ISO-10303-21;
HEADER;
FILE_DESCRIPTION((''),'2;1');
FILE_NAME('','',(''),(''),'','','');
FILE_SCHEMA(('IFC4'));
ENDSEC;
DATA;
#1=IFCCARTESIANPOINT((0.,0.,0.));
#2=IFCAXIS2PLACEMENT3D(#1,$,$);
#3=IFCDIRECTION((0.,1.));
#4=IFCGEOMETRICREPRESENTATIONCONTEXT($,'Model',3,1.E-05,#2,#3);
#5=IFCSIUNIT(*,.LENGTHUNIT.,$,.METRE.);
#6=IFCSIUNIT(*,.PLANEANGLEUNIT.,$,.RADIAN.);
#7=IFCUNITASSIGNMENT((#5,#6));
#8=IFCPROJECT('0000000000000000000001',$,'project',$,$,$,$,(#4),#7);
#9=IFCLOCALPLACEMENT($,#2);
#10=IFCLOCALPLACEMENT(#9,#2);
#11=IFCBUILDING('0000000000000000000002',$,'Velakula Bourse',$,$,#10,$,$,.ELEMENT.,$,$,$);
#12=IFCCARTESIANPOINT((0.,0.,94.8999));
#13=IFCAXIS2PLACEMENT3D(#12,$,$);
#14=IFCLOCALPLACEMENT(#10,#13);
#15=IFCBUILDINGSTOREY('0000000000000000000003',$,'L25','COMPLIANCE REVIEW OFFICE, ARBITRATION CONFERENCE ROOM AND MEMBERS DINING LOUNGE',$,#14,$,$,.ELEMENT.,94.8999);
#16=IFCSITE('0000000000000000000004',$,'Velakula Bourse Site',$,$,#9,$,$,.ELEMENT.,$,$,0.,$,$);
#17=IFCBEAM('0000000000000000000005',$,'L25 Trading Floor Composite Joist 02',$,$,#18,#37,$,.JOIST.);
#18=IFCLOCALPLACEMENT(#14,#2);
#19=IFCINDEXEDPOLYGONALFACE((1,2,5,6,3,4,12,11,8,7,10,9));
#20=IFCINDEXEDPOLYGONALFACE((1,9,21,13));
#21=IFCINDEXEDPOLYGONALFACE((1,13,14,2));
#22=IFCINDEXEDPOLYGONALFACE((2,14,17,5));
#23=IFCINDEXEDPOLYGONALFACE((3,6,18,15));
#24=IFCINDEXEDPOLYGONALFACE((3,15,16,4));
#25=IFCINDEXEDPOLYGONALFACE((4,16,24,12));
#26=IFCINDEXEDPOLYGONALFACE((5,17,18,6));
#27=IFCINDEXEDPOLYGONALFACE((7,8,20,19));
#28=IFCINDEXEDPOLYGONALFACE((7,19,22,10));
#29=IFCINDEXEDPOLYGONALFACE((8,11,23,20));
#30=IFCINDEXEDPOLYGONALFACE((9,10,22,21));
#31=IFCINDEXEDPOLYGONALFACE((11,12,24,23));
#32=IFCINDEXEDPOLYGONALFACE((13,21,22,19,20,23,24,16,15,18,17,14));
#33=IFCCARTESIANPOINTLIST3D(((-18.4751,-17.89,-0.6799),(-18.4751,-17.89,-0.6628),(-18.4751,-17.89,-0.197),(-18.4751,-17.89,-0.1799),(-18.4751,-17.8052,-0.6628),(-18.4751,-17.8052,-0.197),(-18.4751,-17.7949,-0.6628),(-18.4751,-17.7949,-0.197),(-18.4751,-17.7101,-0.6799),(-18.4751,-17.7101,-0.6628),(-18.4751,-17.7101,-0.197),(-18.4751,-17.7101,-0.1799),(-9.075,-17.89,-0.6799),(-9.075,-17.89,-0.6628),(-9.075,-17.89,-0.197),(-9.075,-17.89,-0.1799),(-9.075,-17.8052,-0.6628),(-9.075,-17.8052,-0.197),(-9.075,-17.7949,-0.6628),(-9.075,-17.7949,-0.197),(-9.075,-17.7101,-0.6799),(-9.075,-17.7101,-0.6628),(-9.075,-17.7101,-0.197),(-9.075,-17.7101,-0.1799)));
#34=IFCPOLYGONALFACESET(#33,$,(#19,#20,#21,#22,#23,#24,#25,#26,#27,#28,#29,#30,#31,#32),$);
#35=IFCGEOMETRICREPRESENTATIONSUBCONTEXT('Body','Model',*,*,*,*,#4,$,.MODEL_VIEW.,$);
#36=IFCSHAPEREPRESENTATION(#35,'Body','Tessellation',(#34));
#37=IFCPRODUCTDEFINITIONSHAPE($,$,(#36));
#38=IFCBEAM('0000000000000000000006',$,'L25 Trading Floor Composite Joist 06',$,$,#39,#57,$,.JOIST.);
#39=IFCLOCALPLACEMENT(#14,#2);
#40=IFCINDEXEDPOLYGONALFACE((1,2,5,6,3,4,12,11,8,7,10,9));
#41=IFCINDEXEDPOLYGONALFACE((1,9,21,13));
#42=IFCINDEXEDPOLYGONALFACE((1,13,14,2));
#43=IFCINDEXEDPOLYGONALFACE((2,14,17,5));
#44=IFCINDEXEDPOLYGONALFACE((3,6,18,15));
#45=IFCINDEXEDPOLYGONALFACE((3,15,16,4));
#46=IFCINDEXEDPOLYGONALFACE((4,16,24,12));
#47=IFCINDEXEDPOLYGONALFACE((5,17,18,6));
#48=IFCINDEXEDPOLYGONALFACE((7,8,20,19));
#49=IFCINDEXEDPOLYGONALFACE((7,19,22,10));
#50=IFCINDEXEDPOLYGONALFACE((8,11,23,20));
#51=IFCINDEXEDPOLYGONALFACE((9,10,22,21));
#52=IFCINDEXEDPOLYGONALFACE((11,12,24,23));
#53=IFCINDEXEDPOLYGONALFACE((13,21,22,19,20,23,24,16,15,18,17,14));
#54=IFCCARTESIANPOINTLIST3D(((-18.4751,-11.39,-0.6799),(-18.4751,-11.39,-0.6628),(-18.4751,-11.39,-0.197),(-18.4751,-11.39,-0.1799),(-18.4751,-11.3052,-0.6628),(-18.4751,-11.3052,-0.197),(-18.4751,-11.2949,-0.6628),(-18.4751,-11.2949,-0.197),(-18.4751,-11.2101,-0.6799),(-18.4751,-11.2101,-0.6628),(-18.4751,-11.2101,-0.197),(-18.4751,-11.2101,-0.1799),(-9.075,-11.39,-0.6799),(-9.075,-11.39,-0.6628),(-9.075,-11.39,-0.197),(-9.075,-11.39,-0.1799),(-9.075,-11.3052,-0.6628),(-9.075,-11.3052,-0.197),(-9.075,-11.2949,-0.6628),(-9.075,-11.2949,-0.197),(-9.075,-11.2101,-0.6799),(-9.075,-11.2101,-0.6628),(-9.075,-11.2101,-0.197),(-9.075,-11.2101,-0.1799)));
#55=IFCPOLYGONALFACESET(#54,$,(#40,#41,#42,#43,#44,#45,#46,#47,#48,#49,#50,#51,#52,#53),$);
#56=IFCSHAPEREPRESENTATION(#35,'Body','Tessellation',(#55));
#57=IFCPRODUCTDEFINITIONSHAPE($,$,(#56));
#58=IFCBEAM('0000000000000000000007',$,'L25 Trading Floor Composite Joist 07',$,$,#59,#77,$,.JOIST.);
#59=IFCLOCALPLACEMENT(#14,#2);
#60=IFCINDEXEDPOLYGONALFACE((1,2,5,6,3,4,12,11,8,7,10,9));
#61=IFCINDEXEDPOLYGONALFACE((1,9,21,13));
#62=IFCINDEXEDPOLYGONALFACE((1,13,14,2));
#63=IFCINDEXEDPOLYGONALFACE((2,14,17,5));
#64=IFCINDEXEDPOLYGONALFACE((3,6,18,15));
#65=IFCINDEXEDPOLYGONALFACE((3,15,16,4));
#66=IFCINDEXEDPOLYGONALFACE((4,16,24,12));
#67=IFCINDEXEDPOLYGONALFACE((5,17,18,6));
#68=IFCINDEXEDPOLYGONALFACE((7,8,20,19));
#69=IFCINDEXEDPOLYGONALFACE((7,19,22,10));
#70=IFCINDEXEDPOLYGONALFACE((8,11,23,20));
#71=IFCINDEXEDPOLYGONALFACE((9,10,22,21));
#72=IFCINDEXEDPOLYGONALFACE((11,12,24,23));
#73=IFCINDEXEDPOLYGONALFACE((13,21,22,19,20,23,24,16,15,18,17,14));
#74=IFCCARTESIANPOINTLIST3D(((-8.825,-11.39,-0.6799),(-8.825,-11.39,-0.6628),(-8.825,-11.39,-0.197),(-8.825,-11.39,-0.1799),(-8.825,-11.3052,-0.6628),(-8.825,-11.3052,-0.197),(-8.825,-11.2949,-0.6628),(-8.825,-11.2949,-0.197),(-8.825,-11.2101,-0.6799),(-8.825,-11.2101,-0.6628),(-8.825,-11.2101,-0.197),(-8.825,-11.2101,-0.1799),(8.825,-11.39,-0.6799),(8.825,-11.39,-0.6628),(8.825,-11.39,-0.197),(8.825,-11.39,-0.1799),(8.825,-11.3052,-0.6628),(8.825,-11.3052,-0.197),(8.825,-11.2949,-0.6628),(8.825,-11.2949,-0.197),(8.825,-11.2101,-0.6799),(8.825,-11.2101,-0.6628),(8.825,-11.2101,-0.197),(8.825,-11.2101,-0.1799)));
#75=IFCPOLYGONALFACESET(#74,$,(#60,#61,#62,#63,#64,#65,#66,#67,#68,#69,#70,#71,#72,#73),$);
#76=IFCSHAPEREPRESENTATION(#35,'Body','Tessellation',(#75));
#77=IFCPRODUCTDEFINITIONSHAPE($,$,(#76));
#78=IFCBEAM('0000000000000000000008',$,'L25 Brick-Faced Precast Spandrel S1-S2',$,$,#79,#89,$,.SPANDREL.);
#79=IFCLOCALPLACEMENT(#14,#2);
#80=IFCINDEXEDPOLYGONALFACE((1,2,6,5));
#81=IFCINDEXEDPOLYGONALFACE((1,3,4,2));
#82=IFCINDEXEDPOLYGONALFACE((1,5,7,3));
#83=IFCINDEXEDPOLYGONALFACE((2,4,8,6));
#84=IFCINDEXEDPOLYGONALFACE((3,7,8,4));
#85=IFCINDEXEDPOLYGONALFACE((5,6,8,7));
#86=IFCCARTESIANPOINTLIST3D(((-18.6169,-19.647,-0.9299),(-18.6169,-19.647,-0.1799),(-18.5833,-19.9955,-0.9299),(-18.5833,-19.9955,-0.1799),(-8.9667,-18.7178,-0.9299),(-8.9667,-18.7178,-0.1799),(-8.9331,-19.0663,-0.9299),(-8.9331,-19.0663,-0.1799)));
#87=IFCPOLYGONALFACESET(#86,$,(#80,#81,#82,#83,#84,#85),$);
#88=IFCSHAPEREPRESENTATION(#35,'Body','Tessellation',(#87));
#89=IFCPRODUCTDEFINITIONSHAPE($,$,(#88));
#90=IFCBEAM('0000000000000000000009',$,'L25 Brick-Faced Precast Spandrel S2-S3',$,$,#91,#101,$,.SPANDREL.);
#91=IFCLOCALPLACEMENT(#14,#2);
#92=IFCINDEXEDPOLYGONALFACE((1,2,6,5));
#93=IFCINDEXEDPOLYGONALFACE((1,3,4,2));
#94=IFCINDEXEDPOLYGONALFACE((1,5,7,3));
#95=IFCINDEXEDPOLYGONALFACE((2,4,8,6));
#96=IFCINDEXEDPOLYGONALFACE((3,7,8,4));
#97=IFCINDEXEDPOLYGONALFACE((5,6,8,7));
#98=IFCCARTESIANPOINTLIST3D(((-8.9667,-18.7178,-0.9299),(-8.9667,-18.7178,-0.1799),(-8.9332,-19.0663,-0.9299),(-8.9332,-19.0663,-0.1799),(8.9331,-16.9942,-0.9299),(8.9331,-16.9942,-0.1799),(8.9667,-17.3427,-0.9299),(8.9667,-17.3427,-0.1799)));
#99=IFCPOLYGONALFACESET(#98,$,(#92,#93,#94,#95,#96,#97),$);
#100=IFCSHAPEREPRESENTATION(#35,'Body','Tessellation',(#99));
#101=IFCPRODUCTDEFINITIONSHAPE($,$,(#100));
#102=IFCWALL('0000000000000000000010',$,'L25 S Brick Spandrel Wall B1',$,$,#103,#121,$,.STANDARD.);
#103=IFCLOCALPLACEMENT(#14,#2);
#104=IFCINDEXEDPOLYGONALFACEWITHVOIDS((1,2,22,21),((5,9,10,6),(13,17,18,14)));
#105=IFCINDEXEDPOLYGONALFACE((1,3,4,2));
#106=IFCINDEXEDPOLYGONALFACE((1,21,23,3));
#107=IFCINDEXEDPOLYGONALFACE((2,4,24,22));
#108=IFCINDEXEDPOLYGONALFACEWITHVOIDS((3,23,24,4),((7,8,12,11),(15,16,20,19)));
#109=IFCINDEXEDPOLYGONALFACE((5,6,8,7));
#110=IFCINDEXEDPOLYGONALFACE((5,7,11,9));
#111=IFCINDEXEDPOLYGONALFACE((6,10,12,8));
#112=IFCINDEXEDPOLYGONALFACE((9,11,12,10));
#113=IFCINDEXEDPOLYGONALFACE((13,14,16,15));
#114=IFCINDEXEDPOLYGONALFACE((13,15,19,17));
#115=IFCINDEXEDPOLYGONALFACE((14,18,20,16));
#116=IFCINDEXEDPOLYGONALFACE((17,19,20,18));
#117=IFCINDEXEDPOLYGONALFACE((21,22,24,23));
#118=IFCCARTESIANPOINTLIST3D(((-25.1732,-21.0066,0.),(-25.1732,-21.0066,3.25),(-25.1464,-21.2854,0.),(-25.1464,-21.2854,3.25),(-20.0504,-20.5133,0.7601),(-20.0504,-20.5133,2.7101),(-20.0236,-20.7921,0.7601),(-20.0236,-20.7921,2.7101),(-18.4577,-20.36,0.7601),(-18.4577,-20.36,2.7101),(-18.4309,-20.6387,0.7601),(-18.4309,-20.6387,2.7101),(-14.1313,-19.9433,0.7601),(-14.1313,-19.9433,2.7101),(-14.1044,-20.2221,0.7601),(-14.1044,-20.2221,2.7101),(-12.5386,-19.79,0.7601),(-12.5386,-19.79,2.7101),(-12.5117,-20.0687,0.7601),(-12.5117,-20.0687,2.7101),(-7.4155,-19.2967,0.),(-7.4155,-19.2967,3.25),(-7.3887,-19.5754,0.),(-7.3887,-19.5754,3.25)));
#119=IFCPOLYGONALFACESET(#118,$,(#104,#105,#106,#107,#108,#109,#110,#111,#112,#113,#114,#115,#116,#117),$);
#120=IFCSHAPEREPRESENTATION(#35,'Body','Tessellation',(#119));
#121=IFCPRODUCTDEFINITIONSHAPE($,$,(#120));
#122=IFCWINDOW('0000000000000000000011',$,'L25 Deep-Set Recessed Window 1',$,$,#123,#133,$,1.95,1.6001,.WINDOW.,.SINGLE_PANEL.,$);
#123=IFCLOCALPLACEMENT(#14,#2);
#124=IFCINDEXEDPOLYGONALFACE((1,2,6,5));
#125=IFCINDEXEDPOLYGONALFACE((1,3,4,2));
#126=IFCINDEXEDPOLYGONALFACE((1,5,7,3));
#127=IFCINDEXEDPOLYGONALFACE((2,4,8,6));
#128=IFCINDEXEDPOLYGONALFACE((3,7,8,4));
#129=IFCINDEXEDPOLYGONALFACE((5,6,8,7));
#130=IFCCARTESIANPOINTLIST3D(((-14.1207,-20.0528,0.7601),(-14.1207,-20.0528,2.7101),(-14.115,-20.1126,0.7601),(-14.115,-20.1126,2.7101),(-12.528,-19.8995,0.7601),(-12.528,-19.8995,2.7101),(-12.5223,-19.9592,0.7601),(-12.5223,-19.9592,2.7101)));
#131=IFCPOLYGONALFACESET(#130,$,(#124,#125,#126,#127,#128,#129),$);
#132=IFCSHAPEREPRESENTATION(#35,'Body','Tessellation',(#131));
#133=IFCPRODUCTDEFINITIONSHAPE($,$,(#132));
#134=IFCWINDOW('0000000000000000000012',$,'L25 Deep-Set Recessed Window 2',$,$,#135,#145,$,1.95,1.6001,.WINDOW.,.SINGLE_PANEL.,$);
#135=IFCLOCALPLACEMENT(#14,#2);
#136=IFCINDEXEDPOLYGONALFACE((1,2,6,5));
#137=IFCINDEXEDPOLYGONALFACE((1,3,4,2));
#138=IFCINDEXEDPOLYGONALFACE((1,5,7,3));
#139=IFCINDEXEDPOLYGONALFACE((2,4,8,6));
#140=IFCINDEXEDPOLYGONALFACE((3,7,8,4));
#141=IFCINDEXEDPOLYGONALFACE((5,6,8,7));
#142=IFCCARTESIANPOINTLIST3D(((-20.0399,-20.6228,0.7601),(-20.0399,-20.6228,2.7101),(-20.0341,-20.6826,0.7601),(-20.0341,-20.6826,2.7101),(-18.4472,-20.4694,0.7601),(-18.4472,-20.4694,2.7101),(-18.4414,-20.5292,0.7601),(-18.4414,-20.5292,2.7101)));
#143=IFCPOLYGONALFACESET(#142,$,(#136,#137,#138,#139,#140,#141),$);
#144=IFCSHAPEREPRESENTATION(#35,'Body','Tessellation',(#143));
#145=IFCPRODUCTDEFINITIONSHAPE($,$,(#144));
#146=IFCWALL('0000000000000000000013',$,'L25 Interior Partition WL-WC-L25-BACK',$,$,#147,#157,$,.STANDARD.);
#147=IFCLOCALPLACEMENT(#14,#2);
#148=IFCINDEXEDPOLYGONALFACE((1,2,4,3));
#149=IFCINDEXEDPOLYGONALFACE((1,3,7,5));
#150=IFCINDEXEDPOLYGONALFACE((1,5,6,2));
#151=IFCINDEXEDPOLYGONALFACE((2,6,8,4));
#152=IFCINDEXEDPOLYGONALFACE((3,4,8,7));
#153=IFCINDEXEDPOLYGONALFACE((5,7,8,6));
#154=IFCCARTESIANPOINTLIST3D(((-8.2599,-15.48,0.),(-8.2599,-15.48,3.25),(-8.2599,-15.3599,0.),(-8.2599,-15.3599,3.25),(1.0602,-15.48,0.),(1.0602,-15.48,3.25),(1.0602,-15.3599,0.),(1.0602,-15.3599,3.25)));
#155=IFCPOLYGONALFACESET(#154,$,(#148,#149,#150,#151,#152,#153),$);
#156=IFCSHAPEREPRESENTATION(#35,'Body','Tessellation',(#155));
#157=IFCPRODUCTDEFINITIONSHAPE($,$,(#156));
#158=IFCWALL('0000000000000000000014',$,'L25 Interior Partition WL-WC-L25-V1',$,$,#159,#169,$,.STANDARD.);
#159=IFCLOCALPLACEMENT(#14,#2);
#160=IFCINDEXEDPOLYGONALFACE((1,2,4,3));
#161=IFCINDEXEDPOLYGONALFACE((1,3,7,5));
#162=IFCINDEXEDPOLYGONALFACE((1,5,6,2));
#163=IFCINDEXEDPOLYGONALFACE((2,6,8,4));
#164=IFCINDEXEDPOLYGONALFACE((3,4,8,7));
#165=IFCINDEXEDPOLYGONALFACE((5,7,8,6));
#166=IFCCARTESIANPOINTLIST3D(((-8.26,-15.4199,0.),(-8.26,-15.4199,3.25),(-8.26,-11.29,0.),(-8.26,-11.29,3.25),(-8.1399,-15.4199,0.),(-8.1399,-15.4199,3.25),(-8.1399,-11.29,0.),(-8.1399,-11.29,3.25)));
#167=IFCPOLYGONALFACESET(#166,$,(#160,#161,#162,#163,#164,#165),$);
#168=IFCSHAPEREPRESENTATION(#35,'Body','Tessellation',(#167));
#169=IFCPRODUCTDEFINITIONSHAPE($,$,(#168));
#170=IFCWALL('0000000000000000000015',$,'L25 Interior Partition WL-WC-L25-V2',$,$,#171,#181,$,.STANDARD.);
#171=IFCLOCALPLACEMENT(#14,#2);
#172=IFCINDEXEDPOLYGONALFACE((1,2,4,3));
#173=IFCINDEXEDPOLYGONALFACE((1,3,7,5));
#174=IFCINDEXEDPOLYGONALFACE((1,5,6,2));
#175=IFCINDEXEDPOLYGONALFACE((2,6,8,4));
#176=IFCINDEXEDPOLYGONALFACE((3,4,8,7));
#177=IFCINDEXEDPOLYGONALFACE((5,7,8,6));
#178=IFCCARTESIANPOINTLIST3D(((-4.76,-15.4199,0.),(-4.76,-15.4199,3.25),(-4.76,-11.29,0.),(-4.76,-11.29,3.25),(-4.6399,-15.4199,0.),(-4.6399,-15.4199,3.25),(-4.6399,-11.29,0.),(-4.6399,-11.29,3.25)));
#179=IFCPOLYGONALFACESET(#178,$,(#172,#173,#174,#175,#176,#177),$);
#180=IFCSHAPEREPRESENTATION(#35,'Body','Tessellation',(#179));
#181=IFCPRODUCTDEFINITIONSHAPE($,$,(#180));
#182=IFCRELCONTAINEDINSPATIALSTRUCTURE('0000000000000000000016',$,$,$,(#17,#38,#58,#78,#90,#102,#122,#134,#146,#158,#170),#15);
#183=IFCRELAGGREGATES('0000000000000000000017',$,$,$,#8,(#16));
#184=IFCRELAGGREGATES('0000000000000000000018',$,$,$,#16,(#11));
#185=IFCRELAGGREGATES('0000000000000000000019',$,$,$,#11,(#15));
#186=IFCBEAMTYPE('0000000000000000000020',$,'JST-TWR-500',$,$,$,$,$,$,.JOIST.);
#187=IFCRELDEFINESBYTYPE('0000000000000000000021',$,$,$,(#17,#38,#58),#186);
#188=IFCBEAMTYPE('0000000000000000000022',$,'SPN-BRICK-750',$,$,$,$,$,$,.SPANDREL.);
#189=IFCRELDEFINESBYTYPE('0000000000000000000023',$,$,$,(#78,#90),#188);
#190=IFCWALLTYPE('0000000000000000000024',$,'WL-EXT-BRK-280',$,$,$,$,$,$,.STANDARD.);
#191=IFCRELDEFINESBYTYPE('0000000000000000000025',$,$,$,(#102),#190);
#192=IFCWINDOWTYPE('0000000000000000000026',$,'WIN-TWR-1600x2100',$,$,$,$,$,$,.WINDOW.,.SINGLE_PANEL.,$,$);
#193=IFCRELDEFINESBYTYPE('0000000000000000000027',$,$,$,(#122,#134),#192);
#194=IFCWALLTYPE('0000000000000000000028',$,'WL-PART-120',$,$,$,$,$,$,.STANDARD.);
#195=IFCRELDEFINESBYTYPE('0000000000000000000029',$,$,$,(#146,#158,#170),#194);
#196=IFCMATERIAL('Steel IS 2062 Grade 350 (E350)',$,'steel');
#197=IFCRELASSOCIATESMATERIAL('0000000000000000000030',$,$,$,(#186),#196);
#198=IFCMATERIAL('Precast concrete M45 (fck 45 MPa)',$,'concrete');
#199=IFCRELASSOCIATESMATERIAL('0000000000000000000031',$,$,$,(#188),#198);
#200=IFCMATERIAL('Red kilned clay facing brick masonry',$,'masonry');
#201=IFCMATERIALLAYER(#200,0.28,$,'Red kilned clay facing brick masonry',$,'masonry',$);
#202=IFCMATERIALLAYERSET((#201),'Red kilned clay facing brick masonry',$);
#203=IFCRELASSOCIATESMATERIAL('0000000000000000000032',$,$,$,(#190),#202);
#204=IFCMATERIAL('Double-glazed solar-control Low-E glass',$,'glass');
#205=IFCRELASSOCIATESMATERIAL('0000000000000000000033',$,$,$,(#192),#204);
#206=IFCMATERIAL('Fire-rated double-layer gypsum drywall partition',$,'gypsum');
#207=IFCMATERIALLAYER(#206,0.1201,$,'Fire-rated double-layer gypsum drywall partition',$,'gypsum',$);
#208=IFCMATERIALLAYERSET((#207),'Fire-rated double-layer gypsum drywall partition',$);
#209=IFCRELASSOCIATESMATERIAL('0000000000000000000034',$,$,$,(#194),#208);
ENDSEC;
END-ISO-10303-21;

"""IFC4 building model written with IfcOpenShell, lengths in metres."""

from ifc_helpers import new_model, si_unit, direction, frame, frame_2d, origin, origin_2d, place, context, subcontext, project, spatial, rectangle, i_section, extrude, material, layer, layer_set, material_profile, profile_set, type_object, element, fill, save


model = new_model("IFC4")

# Units and contexts
model_context = context("Model", 3, precision=1e-05, world=origin(), true_north=direction((0.0, 1.0)))
body_context = subcontext(model_context, "Body", "Model", "MODEL_VIEW")
ifc_project = project(units=[si_unit("LENGTHUNIT", "METRE"), si_unit("PLANEANGLEUNIT", "RADIAN")], contexts=[model_context])

# Site, building, storey
site_placement = place(None, origin())
site = spatial("IfcSite", under=ifc_project, at=site_placement, Name="Velakula Bourse Site", CompositionType="ELEMENT", RefElevation=0.0)
building_placement = place(site_placement, origin())
building = spatial("IfcBuilding", under=site, at=building_placement, Name="Velakula Bourse", CompositionType="ELEMENT")
storey_placement = place(building_placement, frame((0.0, 0.0, 94.8999)))
storey = spatial("IfcBuildingStorey", under=building, at=storey_placement, Name="L25", Description="COMPLIANCE REVIEW OFFICE, ARBITRATION CONFERENCE ROOM AND MEMBERS DINING LOUNGE", CompositionType="ELEMENT", Elevation=94.8999)

# Beams
ifc_material_1 = material(Name="Steel IS 2062 Grade 350 (E350)", Category="steel")
ifc_material_profile_1 = material_profile(ifc_material_1, i_section(OverallWidth=0.1799, OverallDepth=0.5, WebThickness=0.0103, FlangeThickness=0.0171, at=origin_2d()), Name="Steel IS 2062 Grade 350 (E350)")
ifc_profile_set_1 = profile_set([ifc_material_profile_1], Name="Steel IS 2062 Grade 350 (E350)")
beam_type_1 = type_object("IfcBeamType", Name="JST-TWR-500", PredefinedType="JOIST", material=ifc_profile_set_1)
for number, where, z_axis, x_axis, name in (
    (1, (-18.4751, -17.8, -0.4299), (1.0, 0.0, 0.0), (0.0, 1.0, 0.0), "L25 Trading Floor Composite Joist 02"),
    (2, (-18.4751, -11.3, -0.4299), (1.0, 0.0, 0.0), (0.0, 1.0, 0.0), "L25 Trading Floor Composite Joist 06"),
):
    element("IfcBeam", number, at=place(storey_placement, frame(where, z_axis=z_axis, x_axis=x_axis)), inside=storey, type_object=beam_type_1, Name=name, PredefinedType="JOIST", context=body_context, shape_type="SweptSolid", body=[
        extrude(i_section(OverallWidth=0.1799, OverallDepth=0.5, WebThickness=0.0103, FlangeThickness=0.0171, at=origin_2d()), origin(), (0.0, 0.0, 1.0), 9.4001),
    ])
beam_1_placement = place(storey_placement, frame((-8.825, -11.3, -0.4299), z_axis=(1.0, 0.0, 0.0), x_axis=(0.0, 1.0, 0.0)))
element("IfcBeam", 3, at=beam_1_placement, inside=storey, type_object=beam_type_1, Name="L25 Trading Floor Composite Joist 07", PredefinedType="JOIST", context=body_context, shape_type="SweptSolid", body=[
    extrude(i_section(OverallWidth=0.1799, OverallDepth=0.5, WebThickness=0.0103, FlangeThickness=0.0171, at=origin_2d()), origin(), (0.0, 0.0, 1.0), 17.6499),
])
ifc_material_2 = material(Name="Precast concrete M45 (fck 45 MPa)", Category="concrete")
ifc_material_profile_2 = material_profile(ifc_material_2, rectangle(XDim=0.3501, YDim=0.75, at=origin_2d()), Name="Precast concrete M45 (fck 45 MPa)")
ifc_profile_set_2 = profile_set([ifc_material_profile_2], Name="Precast concrete M45 (fck 45 MPa)")
beam_type_2 = type_object("IfcBeamType", Name="SPN-BRICK-750", PredefinedType="SPANDREL", material=ifc_profile_set_2)
beam_2_placement = place(storey_placement, frame((-18.6001, -19.8213, -0.5549), z_axis=(0.995396, 0.095845, 0.0), x_axis=(-0.095845, 0.995396, 0.0)))
element("IfcBeam", 4, at=beam_2_placement, inside=storey, type_object=beam_type_2, Name="L25 Brick-Faced Precast Spandrel S1-S2", PredefinedType="SPANDREL", context=body_context, shape_type="SweptSolid", body=[
    extrude(rectangle(XDim=0.3501, YDim=0.75, at=origin_2d()), origin(), (0.0, 0.0, 1.0), 9.6948),
])
beam_3_placement = place(storey_placement, frame((-8.95, -18.8921, -0.5549), z_axis=(0.995396, 0.09585, 0.0), x_axis=(-0.09585, 0.995396, 0.0)))
element("IfcBeam", 5, at=beam_3_placement, inside=storey, type_object=beam_type_2, Name="L25 Brick-Faced Precast Spandrel S2-S3", PredefinedType="SPANDREL", context=body_context, shape_type="SweptSolid", body=[
    extrude(rectangle(XDim=0.3501, YDim=0.75, at=origin_2d()), origin(), (0.0, 0.0, 1.0), 17.9827),
])

# Wall, openings, windows
ifc_material_3 = material(Name="Red kilned clay facing brick masonry", Category="masonry")
ifc_layer_1 = layer(ifc_material_3, 0.28, Name="Red kilned clay facing brick masonry", Category="masonry")
ifc_layer_set_1 = layer_set([ifc_layer_1], Name="Red kilned clay facing brick masonry")
wall_type_1 = type_object("IfcWallType", Name="WL-EXT-BRK-280", PredefinedType="STANDARD", material=ifc_layer_set_1)
wall_1_placement = place(storey_placement, frame((-7.4021, -19.436, 0.0), z_axis=(0.0, 0.0, 1.0), x_axis=(-0.995396, -0.09585, 0.0)))
wall_1 = element("IfcWall", 6, at=wall_1_placement, inside=storey, type_object=wall_type_1, Name="L25 S Brick Spandrel Wall B1", PredefinedType="STANDARD", context=body_context, shape_type="SweptSolid", body=[
    extrude(rectangle(XDim=17.8398, YDim=0.28, at=frame_2d((8.9199, 0.0))), origin(), (0.0, 0.0, 1.0), 3.25),
])
opening_1_placement = place(wall_1_placement, frame((5.1467, 0.0, 0.76)))
opening_1 = element("IfcOpeningElement", 7, at=opening_1_placement, cuts=wall_1, PredefinedType="OPENING", context=body_context, shape_type="SweptSolid", body=[
    extrude(rectangle(XDim=1.6001, YDim=1.95, at=frame_2d((0.8, 0.9751))), frame((0.0, 0.1499, 0.0), z_axis=(0.0, -1.0, 0.0), x_axis=(1.0, 0.0, 0.0)), (0.0, 0.0, 1.0), 0.3),
])
opening_2_placement = place(wall_1_placement, frame((11.0933, 0.0, 0.76)))
opening_2 = element("IfcOpeningElement", 8, at=opening_2_placement, cuts=wall_1, PredefinedType="OPENING", context=body_context, shape_type="SweptSolid", body=[
    extrude(rectangle(XDim=1.6001, YDim=1.95, at=frame_2d((0.8, 0.9751))), frame((0.0, 0.1499, 0.0), z_axis=(0.0, -1.0, 0.0), x_axis=(1.0, 0.0, 0.0)), (0.0, 0.0, 1.0), 0.3),
])
ifc_material_4 = material(Name="Double-glazed solar-control Low-E glass", Category="glass")
window_type = type_object("IfcWindowType", Name="WIN-TWR-1600x2100", PartitioningType="SINGLE_PANEL", PredefinedType="WINDOW", material=ifc_material_4)
window_1_placement = place(opening_1_placement, origin())
window_1 = element("IfcWindow", 9, at=window_1_placement, inside=storey, type_object=window_type, Name="L25 Deep-Set Recessed Window 1", OverallHeight=1.95, OverallWidth=1.6001, PartitioningType="SINGLE_PANEL", PredefinedType="WINDOW", context=body_context, shape_type="SweptSolid", body=[
    extrude(rectangle(XDim=1.6001, YDim=1.95, at=frame_2d((0.8, 0.9751))), frame((0.0, 0.03, 0.0), z_axis=(0.0, -1.0, 0.0), x_axis=(1.0, 0.0, 0.0)), (0.0, 0.0, 1.0), 0.0601),
])
fill(opening_1, window_1)
window_2_placement = place(opening_2_placement, origin())
window_2 = element("IfcWindow", 10, at=window_2_placement, inside=storey, type_object=window_type, Name="L25 Deep-Set Recessed Window 2", OverallHeight=1.95, OverallWidth=1.6001, PartitioningType="SINGLE_PANEL", PredefinedType="WINDOW", context=body_context, shape_type="SweptSolid", body=[
    extrude(rectangle(XDim=1.6001, YDim=1.95, at=frame_2d((0.8, 0.9751))), frame((0.0, 0.03, 0.0), z_axis=(0.0, -1.0, 0.0), x_axis=(1.0, 0.0, 0.0)), (0.0, 0.0, 1.0), 0.0601),
])
fill(opening_2, window_2)

# Walls
ifc_material_5 = material(Name="Fire-rated double-layer gypsum drywall partition", Category="gypsum")
ifc_layer_2 = layer(ifc_material_5, 0.1201, Name="Fire-rated double-layer gypsum drywall partition", Category="gypsum")
ifc_layer_set_2 = layer_set([ifc_layer_2], Name="Fire-rated double-layer gypsum drywall partition")
wall_type_2 = type_object("IfcWallType", Name="WL-PART-120", PredefinedType="STANDARD", material=ifc_layer_set_2)
wall_2_placement = place(storey_placement, frame((-8.26, -15.4199, 0.0), z_axis=(0.0, 0.0, 1.0), x_axis=(1.0, 0.0, 0.0)))
element("IfcWall", 11, at=wall_2_placement, inside=storey, type_object=wall_type_2, Name="L25 Interior Partition WL-WC-L25-BACK", PredefinedType="STANDARD", context=body_context, shape_type="SweptSolid", body=[
    extrude(rectangle(XDim=9.3201, YDim=0.1201, at=frame_2d((4.6602, 0.0))), origin(), (0.0, 0.0, 1.0), 3.25),
])
for number, where, z_axis, x_axis, name in (
    (12, (-8.2, -15.4199, 0.0), (0.0, 0.0, 1.0), (0.0, 1.0, 0.0), "L25 Interior Partition WL-WC-L25-V1"),
    (13, (-4.7, -15.4199, 0.0), (0.0, 0.0, 1.0), (0.0, 1.0, 0.0), "L25 Interior Partition WL-WC-L25-V2"),
):
    element("IfcWall", number, at=place(storey_placement, frame(where, z_axis=z_axis, x_axis=x_axis)), inside=storey, type_object=wall_type_2, Name=name, PredefinedType="STANDARD", context=body_context, shape_type="SweptSolid", body=[
        extrude(rectangle(XDim=4.1299, YDim=0.1201, at=frame_2d((2.0649, 0.0))), origin(), (0.0, 0.0, 1.0), 3.25),
    ])

save(model, "model.ifc")
